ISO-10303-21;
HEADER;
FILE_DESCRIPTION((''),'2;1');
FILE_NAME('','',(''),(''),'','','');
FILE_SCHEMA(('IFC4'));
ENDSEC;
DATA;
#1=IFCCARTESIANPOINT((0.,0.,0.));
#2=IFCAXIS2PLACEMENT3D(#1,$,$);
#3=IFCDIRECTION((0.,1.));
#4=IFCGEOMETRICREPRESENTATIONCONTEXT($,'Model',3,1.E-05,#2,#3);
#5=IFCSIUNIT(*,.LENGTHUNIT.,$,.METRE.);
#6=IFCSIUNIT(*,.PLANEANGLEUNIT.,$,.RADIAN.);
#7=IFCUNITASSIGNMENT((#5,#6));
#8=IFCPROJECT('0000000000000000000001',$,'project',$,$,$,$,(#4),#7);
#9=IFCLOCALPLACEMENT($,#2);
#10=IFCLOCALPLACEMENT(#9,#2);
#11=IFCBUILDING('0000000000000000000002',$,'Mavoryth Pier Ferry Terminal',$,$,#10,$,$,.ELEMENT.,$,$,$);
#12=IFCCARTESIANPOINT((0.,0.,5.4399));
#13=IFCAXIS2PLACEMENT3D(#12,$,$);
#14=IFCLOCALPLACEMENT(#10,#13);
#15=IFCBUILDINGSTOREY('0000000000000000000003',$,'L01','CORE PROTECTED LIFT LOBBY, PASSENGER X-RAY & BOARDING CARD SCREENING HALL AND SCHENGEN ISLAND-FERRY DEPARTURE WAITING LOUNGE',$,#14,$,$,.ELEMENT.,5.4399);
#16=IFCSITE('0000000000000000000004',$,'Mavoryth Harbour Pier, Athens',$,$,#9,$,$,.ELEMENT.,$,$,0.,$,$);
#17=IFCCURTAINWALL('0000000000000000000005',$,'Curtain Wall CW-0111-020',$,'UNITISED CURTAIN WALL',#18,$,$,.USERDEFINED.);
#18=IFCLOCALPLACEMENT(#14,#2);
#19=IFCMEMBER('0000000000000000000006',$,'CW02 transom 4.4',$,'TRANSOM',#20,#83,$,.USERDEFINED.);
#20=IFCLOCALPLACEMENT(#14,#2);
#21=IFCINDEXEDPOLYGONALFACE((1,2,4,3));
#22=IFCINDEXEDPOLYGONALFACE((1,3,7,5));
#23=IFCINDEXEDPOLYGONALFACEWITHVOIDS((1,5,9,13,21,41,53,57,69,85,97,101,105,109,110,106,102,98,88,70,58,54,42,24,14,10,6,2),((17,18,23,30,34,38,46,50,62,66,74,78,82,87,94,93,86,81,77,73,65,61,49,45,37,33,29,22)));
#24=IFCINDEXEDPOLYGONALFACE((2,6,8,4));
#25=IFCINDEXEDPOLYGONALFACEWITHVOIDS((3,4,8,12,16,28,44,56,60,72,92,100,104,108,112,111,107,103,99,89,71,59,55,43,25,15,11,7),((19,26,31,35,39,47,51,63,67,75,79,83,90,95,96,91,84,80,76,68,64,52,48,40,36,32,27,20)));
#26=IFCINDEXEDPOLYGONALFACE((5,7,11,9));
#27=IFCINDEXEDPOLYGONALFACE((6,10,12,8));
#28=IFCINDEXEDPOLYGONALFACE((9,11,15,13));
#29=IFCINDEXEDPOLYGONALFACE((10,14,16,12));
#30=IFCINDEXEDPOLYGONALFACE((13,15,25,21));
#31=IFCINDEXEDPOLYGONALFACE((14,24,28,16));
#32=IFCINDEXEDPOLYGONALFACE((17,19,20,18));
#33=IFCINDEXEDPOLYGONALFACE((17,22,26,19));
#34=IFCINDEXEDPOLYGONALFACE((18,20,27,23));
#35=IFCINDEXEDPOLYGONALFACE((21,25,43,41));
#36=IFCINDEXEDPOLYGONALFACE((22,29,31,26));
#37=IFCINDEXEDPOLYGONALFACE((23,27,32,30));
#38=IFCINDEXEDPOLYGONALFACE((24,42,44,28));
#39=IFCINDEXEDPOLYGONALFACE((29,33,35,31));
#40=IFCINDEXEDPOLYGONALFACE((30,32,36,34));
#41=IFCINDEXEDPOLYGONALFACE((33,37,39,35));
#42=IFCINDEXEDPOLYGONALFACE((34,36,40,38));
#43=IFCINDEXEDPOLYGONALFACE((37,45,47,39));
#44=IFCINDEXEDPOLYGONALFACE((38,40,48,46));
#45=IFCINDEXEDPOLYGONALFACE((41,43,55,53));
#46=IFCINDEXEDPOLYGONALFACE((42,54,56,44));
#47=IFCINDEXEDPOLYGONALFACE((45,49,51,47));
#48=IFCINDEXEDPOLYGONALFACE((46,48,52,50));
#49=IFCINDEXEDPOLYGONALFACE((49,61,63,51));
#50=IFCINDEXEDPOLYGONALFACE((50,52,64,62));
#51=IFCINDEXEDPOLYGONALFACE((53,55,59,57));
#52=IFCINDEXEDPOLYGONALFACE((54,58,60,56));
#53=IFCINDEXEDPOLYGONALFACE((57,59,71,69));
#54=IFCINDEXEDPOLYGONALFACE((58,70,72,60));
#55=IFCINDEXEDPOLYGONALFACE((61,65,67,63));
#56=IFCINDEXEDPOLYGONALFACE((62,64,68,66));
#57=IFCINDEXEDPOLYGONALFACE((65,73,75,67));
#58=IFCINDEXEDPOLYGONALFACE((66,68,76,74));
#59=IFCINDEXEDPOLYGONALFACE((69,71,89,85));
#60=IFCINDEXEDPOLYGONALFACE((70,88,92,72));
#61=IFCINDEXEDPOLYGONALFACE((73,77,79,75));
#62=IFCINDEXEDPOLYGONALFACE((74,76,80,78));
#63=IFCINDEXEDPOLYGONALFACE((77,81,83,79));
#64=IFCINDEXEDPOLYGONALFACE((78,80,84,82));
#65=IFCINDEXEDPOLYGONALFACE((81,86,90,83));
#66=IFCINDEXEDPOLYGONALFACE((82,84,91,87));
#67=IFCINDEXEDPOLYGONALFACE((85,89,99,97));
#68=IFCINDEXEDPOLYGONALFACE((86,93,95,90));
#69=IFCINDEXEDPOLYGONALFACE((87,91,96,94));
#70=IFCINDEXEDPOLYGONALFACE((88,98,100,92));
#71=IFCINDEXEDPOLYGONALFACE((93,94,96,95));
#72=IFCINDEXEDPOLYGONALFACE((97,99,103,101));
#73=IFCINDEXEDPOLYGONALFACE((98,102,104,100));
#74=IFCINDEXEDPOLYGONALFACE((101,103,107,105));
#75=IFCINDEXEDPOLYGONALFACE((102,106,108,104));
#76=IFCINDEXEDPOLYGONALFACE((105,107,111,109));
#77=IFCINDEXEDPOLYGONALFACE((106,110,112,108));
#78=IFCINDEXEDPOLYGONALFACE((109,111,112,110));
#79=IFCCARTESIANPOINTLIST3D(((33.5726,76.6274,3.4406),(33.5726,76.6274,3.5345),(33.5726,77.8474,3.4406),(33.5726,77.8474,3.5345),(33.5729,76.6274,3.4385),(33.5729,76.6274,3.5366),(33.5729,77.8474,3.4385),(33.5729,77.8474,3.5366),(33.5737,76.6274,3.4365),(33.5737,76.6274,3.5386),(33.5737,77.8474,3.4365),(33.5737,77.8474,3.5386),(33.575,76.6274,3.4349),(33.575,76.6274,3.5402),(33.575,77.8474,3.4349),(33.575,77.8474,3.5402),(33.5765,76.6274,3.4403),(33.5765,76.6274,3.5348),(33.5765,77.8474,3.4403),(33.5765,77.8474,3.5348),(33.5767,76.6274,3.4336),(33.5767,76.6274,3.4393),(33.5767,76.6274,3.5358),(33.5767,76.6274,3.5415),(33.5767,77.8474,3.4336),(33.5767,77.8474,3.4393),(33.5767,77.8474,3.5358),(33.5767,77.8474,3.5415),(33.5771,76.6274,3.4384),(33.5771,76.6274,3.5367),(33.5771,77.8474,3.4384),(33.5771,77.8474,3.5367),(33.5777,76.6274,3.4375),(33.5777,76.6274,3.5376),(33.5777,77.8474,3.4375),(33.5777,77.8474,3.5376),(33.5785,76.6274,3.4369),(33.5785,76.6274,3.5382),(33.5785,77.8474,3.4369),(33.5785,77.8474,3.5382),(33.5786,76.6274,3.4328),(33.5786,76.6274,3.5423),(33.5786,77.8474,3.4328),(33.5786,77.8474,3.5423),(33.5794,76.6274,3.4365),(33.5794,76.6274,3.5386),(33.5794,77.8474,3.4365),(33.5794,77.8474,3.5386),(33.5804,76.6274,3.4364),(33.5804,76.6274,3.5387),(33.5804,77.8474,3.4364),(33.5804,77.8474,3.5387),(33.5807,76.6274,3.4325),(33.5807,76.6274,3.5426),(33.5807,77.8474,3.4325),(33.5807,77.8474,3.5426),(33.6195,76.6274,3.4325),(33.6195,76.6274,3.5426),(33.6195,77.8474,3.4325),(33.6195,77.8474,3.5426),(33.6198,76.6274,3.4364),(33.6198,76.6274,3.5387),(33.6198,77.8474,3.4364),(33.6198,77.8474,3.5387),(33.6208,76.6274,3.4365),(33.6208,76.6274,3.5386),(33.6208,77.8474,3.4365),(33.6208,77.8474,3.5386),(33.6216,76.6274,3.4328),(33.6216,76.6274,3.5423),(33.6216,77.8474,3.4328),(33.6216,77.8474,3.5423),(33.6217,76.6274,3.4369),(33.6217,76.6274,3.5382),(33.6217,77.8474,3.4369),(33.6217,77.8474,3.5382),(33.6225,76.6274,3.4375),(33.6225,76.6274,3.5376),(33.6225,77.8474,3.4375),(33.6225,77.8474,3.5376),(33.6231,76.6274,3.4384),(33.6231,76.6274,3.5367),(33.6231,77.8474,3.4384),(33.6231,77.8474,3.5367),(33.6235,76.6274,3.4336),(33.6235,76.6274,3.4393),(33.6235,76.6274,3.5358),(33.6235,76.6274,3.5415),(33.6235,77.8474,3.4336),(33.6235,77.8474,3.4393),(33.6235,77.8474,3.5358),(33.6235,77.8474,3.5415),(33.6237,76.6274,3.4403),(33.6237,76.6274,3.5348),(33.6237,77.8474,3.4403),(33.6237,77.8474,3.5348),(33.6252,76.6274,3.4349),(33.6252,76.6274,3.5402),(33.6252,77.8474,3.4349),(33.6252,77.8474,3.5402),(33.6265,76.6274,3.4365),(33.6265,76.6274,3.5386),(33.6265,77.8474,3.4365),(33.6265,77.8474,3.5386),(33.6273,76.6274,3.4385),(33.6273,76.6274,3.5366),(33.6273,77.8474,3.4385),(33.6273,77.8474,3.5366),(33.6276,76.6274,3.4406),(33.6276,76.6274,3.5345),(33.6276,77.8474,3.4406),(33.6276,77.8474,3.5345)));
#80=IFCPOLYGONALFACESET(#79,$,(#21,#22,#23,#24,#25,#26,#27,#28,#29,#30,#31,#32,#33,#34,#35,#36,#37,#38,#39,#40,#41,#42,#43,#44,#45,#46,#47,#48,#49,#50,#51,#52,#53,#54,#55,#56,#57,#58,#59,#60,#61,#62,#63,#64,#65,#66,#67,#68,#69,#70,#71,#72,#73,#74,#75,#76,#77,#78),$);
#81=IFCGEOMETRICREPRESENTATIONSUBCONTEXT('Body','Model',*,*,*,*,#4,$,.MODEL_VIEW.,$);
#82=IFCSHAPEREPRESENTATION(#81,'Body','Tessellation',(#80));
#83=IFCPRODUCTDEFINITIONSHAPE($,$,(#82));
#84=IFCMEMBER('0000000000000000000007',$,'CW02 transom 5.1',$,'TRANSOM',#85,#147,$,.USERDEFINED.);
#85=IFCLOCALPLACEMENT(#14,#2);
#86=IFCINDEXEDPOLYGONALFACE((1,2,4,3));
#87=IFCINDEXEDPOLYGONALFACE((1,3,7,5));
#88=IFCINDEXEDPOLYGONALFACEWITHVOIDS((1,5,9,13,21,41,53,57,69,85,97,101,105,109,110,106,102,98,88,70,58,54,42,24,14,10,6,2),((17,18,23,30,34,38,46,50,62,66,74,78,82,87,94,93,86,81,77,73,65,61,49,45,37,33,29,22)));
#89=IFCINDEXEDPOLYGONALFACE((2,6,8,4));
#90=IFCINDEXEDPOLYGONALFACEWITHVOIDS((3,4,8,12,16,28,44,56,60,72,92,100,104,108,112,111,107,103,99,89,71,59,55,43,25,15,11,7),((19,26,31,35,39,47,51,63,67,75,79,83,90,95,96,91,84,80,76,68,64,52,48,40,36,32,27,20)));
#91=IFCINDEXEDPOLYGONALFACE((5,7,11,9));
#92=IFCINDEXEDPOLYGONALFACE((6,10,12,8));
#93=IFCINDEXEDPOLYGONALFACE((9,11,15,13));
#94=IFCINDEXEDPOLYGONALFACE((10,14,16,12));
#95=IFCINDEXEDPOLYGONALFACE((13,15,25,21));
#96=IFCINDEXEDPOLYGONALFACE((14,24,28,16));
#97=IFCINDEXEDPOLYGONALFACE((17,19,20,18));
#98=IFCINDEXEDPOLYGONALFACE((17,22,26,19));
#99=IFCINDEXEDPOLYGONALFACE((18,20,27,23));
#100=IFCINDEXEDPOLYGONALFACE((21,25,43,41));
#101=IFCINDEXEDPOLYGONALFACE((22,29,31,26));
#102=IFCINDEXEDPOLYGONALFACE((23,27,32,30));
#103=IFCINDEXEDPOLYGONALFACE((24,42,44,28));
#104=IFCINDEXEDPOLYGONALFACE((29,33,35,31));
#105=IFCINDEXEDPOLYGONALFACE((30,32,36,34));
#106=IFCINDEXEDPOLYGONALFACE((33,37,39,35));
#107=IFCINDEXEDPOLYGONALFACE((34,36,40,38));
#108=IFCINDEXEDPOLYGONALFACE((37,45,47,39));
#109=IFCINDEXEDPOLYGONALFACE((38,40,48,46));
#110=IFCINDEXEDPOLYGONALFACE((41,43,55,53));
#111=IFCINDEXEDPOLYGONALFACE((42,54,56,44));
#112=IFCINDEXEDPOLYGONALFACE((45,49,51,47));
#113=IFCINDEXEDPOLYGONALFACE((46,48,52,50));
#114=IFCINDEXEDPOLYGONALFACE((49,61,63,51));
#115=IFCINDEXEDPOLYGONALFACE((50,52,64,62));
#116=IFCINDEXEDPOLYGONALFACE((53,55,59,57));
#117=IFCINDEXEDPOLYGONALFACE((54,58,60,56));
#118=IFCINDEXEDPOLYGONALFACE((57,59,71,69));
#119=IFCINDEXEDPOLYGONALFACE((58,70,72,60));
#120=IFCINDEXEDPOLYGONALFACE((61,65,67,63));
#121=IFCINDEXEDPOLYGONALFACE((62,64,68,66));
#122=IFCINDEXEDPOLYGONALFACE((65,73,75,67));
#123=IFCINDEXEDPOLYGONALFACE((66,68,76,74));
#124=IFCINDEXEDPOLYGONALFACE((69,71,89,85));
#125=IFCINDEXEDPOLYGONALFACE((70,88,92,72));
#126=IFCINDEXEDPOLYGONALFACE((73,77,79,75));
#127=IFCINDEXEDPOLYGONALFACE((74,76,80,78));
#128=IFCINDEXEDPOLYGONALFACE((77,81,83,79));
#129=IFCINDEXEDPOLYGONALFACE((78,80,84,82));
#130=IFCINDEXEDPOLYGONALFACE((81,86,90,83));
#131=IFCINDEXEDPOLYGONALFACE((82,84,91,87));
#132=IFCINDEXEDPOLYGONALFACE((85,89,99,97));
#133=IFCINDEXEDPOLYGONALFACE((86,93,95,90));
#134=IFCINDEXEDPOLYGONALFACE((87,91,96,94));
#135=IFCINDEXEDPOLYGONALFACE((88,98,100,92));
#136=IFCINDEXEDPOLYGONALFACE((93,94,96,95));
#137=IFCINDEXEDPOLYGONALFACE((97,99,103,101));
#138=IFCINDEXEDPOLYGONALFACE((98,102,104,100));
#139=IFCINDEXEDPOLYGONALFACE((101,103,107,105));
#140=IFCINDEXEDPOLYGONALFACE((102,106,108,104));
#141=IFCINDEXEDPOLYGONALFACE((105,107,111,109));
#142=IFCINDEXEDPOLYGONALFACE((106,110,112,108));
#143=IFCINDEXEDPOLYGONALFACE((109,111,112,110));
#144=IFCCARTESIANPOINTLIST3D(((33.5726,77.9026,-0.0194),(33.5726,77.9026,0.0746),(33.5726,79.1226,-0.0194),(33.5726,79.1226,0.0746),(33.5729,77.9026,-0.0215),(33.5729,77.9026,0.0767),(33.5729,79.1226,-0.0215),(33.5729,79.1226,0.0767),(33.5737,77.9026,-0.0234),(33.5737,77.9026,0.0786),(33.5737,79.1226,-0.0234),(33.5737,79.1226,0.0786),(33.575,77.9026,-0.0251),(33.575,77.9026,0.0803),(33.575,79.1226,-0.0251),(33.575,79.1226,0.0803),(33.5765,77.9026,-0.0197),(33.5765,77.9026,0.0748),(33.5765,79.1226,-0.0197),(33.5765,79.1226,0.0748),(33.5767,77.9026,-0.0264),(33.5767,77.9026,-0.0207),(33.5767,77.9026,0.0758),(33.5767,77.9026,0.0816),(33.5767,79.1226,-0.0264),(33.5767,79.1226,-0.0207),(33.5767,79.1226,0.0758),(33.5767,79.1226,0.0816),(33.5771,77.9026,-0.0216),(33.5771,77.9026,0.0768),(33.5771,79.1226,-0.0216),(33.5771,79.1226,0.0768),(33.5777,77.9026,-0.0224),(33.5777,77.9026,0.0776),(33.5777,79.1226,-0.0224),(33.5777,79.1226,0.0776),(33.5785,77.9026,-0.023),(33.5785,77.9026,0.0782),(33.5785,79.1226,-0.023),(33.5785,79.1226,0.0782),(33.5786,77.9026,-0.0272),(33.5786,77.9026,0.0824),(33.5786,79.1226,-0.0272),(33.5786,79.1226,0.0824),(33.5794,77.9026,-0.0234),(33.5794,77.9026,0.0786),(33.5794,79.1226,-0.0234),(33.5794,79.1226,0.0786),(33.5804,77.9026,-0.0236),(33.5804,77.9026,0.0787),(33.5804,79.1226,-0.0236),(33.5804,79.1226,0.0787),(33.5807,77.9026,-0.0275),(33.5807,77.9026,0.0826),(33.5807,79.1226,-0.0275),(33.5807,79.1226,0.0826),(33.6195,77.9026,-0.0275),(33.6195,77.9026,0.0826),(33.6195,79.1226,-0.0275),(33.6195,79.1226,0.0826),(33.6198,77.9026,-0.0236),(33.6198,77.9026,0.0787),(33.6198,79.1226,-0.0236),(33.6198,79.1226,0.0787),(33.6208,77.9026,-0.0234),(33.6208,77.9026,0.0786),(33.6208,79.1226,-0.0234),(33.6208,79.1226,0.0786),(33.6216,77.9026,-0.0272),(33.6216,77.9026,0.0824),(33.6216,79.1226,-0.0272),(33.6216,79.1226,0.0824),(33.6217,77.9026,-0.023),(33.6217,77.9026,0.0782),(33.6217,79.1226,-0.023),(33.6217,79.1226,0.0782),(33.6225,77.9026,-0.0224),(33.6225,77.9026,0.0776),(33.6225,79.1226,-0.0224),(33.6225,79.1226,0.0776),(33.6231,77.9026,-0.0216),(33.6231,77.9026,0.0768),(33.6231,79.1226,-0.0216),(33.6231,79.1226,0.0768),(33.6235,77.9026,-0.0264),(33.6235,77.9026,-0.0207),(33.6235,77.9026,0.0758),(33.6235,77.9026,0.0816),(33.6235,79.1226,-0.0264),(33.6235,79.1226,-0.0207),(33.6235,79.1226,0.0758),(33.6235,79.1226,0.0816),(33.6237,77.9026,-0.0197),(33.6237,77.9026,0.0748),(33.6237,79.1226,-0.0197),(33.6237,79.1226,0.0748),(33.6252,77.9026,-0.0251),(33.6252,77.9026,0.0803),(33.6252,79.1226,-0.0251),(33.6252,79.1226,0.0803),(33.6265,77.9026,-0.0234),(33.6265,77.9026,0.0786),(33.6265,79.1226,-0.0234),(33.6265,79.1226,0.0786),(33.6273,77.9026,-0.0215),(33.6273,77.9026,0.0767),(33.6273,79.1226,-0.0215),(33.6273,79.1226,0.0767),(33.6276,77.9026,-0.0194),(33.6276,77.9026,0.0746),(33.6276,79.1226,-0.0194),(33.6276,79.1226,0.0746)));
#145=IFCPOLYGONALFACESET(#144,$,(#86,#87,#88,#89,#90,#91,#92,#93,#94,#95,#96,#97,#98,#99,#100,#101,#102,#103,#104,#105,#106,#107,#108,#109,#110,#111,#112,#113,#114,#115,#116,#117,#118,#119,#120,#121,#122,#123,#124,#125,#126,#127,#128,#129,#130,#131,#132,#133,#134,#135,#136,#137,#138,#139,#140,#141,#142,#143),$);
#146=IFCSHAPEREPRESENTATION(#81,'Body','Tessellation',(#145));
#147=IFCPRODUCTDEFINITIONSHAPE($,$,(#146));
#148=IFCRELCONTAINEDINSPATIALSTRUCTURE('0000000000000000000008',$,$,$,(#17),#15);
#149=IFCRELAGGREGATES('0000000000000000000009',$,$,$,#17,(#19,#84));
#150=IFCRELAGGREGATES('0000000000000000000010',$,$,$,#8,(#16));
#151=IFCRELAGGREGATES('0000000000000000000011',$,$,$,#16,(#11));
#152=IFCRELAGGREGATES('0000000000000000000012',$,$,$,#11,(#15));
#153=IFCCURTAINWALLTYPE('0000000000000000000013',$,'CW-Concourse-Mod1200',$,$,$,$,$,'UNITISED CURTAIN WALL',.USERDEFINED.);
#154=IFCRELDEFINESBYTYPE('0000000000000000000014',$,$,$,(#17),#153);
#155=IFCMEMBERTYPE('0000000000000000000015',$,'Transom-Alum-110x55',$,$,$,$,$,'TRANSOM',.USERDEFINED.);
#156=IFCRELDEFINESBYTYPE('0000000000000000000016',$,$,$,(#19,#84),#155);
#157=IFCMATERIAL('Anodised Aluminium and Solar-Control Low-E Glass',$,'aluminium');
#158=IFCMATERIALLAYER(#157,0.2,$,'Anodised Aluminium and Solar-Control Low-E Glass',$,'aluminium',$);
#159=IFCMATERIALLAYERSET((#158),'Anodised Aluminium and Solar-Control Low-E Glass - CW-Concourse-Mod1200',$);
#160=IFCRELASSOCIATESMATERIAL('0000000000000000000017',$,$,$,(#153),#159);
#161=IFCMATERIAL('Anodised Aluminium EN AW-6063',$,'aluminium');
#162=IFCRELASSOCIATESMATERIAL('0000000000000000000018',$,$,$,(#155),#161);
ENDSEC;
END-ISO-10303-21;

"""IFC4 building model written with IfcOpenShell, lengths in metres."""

from ifc_helpers import new_model, si_unit, direction, frame, origin, origin_2d, place, context, subcontext, project, spatial, hollow_rectangle, extrude, material, layer, layer_set, material_profile, profile_set, type_object, element, aggregate, save


model = new_model("IFC4")

# Units and contexts
model_context = context("Model", 3, precision=1e-05, world=origin(), true_north=direction((0.0, 1.0)))
body_context = subcontext(model_context, "Body", "Model", "MODEL_VIEW")
ifc_project = project(units=[si_unit("LENGTHUNIT", "METRE"), si_unit("PLANEANGLEUNIT", "RADIAN")], contexts=[model_context])

# Site, building, storey
site_placement = place(None, origin())
site = spatial("IfcSite", under=ifc_project, at=site_placement, Name="Mavoryth Harbour Pier, Athens", CompositionType="ELEMENT", RefElevation=0.0)
building_placement = place(site_placement, origin())
building = spatial("IfcBuilding", under=site, at=building_placement, Name="Mavoryth Pier Ferry Terminal", CompositionType="ELEMENT")
storey_placement = place(building_placement, frame((0.0, 0.0, 5.4399)))
storey = spatial("IfcBuildingStorey", under=building, at=storey_placement, Name="L01", Description="CORE PROTECTED LIFT LOBBY, PASSENGER X-RAY & BOARDING CARD SCREENING HALL AND SCHENGEN ISLAND-FERRY DEPARTURE WAITING LOUNGE", CompositionType="ELEMENT", Elevation=5.4399)

# Curtain wall, members
ifc_material_1 = material(Name="Anodised Aluminium and Solar-Control Low-E Glass", Category="aluminium")
ifc_layer_1 = layer(ifc_material_1, 0.2, Name="Anodised Aluminium and Solar-Control Low-E Glass", Category="aluminium")
ifc_layer_set_1 = layer_set([ifc_layer_1], Name="Anodised Aluminium and Solar-Control Low-E Glass - CW-Concourse-Mod1200")
curtain_wall_type = type_object("IfcCurtainWallType", Name="CW-Concourse-Mod1200", ElementType="UNITISED CURTAIN WALL", PredefinedType="USERDEFINED", material=ifc_layer_set_1)
curtain_wall_placement = place(storey_placement, origin())
curtain_wall = element("IfcCurtainWall", 1, at=curtain_wall_placement, inside=storey, type_object=curtain_wall_type, Name="Curtain Wall CW-0111-020", ObjectType="UNITISED CURTAIN WALL", PredefinedType="USERDEFINED")
ifc_material_2 = material(Name="Anodised Aluminium EN AW-6063", Category="aluminium")
ifc_material_profile_1 = material_profile(ifc_material_2, hollow_rectangle(XDim=0.0549, YDim=0.1101, WallThickness=0.0039, InnerFilletRadius=0.0039, OuterFilletRadius=0.0081, at=origin_2d()), Name="AL-TRAN 110x55x4", Category="aluminium")
ifc_profile_set_1 = profile_set([ifc_material_profile_1], Name="Anodised Aluminium EN AW-6063 - AL-TRAN 110x55x4")
member_type_1 = type_object("IfcMemberType", Name="Transom-Alum-110x55", ElementType="TRANSOM", PredefinedType="USERDEFINED", material=ifc_profile_set_1)
member_1_placement = place(storey_placement, frame((33.6001, 76.6274, 3.4875), z_axis=(0.0, 1.0, 0.0), x_axis=(-1.0, 0.0, 0.0)))
member_1 = element("IfcMember", 2, at=member_1_placement, type_object=member_type_1, Name="CW02 transom 4.4", ObjectType="TRANSOM", PredefinedType="USERDEFINED", context=body_context, shape_type="SweptSolid", body=[
    extrude(hollow_rectangle(XDim=0.0549, YDim=0.1101, WallThickness=0.0039, InnerFilletRadius=0.0039, OuterFilletRadius=0.0081, at=origin_2d()), origin(), (0.0, 0.0, 1.0), 1.22),
])
member_2_placement = place(storey_placement, frame((33.6001, 77.9026, 0.0276), z_axis=(0.0, 1.0, 0.0), x_axis=(-1.0, 0.0, 0.0)))
member_2 = element("IfcMember", 3, at=member_2_placement, type_object=member_type_1, Name="CW02 transom 5.1", ObjectType="TRANSOM", PredefinedType="USERDEFINED", context=body_context, shape_type="SweptSolid", body=[
    extrude(hollow_rectangle(XDim=0.0549, YDim=0.1101, WallThickness=0.0039, InnerFilletRadius=0.0039, OuterFilletRadius=0.0081, at=origin_2d()), origin(), (0.0, 0.0, 1.0), 1.22),
])
aggregate(curtain_wall, [member_1, member_2])

save(model, "model.ifc")
